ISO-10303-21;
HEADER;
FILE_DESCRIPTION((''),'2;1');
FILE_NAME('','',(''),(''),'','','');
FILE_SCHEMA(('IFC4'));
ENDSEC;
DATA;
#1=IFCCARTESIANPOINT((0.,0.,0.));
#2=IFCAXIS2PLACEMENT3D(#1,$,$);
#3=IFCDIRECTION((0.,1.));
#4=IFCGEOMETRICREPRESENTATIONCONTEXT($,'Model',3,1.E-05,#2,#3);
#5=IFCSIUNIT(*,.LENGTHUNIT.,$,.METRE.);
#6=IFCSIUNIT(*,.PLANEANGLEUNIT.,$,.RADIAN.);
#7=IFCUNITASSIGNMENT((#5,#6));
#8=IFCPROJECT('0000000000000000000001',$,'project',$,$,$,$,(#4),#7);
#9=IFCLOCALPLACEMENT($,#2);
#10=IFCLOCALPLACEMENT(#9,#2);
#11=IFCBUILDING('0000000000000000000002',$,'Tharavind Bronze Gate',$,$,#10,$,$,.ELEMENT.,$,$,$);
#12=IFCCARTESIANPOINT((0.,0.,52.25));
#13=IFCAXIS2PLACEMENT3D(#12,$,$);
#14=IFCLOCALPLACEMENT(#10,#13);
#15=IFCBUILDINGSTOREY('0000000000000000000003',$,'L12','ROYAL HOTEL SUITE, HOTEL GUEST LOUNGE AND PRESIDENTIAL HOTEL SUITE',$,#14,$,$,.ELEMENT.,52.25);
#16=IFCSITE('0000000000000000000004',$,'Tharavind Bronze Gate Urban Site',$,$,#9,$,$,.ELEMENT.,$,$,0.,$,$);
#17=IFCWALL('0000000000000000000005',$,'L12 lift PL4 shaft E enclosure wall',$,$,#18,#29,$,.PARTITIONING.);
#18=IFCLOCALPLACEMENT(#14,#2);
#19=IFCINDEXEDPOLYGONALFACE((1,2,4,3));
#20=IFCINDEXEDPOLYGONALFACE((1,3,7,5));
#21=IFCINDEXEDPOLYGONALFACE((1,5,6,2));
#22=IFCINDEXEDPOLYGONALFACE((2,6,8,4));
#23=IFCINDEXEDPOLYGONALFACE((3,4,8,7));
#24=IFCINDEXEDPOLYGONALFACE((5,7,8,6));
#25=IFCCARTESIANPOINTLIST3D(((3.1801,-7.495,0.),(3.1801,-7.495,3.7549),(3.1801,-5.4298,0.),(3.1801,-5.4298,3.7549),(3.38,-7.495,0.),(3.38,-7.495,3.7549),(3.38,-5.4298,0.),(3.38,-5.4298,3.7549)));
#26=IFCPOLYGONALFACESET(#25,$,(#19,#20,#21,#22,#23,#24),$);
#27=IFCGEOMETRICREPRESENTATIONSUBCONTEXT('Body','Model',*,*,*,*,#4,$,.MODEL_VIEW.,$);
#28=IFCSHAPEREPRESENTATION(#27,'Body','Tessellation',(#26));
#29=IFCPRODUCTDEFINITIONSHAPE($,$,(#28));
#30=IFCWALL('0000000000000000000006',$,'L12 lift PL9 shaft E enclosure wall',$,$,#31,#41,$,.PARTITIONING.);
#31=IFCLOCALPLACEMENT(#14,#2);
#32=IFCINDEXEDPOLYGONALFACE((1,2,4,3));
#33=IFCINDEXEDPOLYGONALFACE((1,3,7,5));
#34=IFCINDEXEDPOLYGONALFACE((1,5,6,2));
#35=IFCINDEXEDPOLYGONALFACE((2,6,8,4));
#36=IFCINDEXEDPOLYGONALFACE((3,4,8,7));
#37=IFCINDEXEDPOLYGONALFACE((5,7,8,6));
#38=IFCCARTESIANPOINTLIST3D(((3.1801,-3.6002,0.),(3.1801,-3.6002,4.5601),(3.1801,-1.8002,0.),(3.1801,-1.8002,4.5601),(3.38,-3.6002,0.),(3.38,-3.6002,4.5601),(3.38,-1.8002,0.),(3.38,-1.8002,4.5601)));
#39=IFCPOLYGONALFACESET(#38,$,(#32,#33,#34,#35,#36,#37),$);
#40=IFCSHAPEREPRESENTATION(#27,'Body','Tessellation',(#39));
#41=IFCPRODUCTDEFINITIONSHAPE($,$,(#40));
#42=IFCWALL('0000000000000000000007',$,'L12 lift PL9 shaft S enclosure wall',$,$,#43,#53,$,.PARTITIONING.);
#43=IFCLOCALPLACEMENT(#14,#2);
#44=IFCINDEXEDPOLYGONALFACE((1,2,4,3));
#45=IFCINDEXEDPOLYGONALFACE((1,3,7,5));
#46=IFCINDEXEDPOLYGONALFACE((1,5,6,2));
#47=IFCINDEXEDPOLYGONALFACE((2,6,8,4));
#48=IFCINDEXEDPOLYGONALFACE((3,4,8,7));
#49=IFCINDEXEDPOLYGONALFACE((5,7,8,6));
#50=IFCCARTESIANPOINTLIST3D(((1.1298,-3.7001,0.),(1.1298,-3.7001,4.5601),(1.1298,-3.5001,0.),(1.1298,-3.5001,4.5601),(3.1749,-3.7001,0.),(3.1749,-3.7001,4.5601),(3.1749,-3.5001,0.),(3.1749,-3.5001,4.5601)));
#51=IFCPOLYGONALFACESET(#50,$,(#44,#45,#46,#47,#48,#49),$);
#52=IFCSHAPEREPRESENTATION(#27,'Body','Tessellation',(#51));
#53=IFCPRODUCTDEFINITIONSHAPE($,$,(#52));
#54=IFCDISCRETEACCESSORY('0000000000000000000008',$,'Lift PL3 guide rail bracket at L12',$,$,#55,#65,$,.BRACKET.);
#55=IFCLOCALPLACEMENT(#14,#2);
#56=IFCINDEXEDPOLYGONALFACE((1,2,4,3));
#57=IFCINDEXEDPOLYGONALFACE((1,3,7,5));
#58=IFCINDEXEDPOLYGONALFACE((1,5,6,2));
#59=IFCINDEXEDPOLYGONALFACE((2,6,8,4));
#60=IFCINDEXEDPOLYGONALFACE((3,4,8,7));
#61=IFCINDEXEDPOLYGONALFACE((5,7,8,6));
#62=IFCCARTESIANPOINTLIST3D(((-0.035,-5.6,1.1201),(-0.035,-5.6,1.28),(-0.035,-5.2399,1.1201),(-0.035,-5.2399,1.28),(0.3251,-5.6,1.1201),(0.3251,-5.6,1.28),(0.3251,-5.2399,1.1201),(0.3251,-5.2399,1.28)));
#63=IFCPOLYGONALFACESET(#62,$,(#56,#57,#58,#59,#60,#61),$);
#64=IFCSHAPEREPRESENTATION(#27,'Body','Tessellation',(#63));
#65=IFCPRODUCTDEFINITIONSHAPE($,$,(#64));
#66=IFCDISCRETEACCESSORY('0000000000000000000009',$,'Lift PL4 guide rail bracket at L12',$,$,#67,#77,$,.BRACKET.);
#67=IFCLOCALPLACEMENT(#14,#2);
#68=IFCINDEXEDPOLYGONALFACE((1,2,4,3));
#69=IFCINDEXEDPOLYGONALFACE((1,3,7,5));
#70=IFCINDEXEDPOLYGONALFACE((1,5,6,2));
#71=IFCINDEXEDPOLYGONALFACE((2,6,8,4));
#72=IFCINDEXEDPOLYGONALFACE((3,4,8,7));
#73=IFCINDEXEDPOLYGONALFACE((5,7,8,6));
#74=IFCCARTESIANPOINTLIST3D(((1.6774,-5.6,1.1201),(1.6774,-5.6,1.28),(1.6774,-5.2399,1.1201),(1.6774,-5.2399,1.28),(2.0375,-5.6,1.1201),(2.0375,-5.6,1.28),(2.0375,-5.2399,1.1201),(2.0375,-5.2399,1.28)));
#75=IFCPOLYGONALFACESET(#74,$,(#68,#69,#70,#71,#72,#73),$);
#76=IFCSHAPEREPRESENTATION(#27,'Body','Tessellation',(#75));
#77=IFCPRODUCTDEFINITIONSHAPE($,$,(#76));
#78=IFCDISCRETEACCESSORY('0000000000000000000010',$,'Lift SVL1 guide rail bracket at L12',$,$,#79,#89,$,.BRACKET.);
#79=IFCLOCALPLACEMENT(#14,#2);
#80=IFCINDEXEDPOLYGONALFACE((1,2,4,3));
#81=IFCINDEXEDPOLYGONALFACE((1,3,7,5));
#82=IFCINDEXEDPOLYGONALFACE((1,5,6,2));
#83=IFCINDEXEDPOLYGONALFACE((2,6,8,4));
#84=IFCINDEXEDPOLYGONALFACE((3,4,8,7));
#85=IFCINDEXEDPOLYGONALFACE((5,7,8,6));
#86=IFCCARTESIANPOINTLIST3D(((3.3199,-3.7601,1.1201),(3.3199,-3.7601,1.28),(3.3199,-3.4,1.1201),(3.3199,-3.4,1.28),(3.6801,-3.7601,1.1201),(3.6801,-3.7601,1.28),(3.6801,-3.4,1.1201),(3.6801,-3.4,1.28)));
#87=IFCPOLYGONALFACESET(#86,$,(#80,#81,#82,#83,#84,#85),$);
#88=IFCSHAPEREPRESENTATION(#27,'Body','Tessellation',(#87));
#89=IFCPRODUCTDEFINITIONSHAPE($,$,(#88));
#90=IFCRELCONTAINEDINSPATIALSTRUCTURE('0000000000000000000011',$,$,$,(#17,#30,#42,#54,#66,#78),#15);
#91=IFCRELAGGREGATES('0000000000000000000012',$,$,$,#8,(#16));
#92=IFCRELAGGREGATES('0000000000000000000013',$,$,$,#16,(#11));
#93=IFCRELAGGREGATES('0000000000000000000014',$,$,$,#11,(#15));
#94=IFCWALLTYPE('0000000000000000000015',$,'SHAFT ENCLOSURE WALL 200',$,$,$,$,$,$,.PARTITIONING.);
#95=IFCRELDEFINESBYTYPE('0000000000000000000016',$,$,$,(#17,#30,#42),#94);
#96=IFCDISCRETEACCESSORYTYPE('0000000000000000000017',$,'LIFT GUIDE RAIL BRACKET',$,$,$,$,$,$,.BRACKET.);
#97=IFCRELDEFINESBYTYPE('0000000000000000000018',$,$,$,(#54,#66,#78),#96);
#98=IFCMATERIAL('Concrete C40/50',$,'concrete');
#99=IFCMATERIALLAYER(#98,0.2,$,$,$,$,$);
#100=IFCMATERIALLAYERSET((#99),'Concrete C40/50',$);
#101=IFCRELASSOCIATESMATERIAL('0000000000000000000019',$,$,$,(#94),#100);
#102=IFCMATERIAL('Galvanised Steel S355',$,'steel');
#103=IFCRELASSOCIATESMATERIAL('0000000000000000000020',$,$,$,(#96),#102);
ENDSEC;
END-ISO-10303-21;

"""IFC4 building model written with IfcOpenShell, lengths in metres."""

from ifc_helpers import new_model, si_unit, direction, frame, frame_2d, origin, origin_2d, place, context, subcontext, project, spatial, rectangle, extrude, material, layer, layer_set, type_object, element, save


model = new_model("IFC4")

# Units and contexts
model_context = context("Model", 3, precision=1e-05, world=origin(), true_north=direction((0.0, 1.0)))
body_context = subcontext(model_context, "Body", "Model", "MODEL_VIEW")
ifc_project = project(units=[si_unit("LENGTHUNIT", "METRE"), si_unit("PLANEANGLEUNIT", "RADIAN")], contexts=[model_context])

# Site, building, storey
site_placement = place(None, origin())
site = spatial("IfcSite", under=ifc_project, at=site_placement, Name="Tharavind Bronze Gate Urban Site", CompositionType="ELEMENT", RefElevation=0.0)
building_placement = place(site_placement, origin())
building = spatial("IfcBuilding", under=site, at=building_placement, Name="Tharavind Bronze Gate", CompositionType="ELEMENT")
storey_placement = place(building_placement, frame((0.0, 0.0, 52.25)))
storey = spatial("IfcBuildingStorey", under=building, at=storey_placement, Name="L12", Description="ROYAL HOTEL SUITE, HOTEL GUEST LOUNGE AND PRESIDENTIAL HOTEL SUITE", CompositionType="ELEMENT", Elevation=52.25)

# Walls
ifc_material_1 = material(Name="Concrete C40/50", Category="concrete")
ifc_layer_1 = layer(ifc_material_1, 0.2)
ifc_layer_set_1 = layer_set([ifc_layer_1], Name="Concrete C40/50")
wall_type_1 = type_object("IfcWallType", Name="SHAFT ENCLOSURE WALL 200", PredefinedType="PARTITIONING", material=ifc_layer_set_1)
wall_1_placement = place(storey_placement, frame((3.28, -7.4951, 0.0), z_axis=(0.0, 0.0, 1.0), x_axis=(0.0, 1.0, 0.0)))
element("IfcWall", 1, at=wall_1_placement, inside=storey, type_object=wall_type_1, Name="L12 lift PL4 shaft E enclosure wall", PredefinedType="PARTITIONING", context=body_context, shape_type="SweptSolid", body=[
    extrude(rectangle(XDim=2.0652, YDim=0.2, at=frame_2d((1.0327, 0.0))), origin(), (0.0, 0.0, 1.0), 3.7549),
])
wall_2_placement = place(storey_placement, frame((3.28, -3.6001, 0.0), z_axis=(0.0, 0.0, 1.0), x_axis=(0.0, 1.0, 0.0)))
element("IfcWall", 2, at=wall_2_placement, inside=storey, type_object=wall_type_1, Name="L12 lift PL9 shaft E enclosure wall", PredefinedType="PARTITIONING", context=body_context, shape_type="SweptSolid", body=[
    extrude(rectangle(XDim=1.8, YDim=0.2, at=frame_2d((0.8999, 0.0))), origin(), (0.0, 0.0, 1.0), 4.5601),
])
wall_3_placement = place(storey_placement, frame((1.1299, -3.6001, 0.0), z_axis=(0.0, 0.0, 1.0), x_axis=(1.0, 0.0, 0.0)))
element("IfcWall", 3, at=wall_3_placement, inside=storey, type_object=wall_type_1, Name="L12 lift PL9 shaft S enclosure wall", PredefinedType="PARTITIONING", context=body_context, shape_type="SweptSolid", body=[
    extrude(rectangle(XDim=2.0452, YDim=0.2, at=frame_2d((1.0225, 0.0))), origin(), (0.0, 0.0, 1.0), 4.5601),
])

# Discrete accessories
ifc_material_2 = material(Name="Galvanised Steel S355", Category="steel")
discrete_accessory_type = type_object("IfcDiscreteAccessoryType", Name="LIFT GUIDE RAIL BRACKET", PredefinedType="BRACKET", material=ifc_material_2)
for number, where, z_axis, x_axis, name in (
    (4, (0.145, -5.4199, 1.1201), (0.0, 0.0, 1.0), (1.0, 0.0, 0.0), "Lift PL3 guide rail bracket at L12"),
    (5, (1.8574, -5.4199, 1.1201), (0.0, 0.0, 1.0), (1.0, 0.0, 0.0), "Lift PL4 guide rail bracket at L12"),
    (6, (3.5, -3.5801, 1.1201), (0.0, 0.0, 1.0), (1.0, 0.0, 0.0), "Lift SVL1 guide rail bracket at L12"),
):
    element("IfcDiscreteAccessory", number, at=place(storey_placement, frame(where, z_axis=z_axis, x_axis=x_axis)), inside=storey, type_object=discrete_accessory_type, Name=name, PredefinedType="BRACKET", context=body_context, shape_type="SweptSolid", body=[
        extrude(rectangle(XDim=0.3601, YDim=0.3601, at=origin_2d()), origin(), (0.0, 0.0, 1.0), 0.1599),
    ])

save(model, "model.ifc")
